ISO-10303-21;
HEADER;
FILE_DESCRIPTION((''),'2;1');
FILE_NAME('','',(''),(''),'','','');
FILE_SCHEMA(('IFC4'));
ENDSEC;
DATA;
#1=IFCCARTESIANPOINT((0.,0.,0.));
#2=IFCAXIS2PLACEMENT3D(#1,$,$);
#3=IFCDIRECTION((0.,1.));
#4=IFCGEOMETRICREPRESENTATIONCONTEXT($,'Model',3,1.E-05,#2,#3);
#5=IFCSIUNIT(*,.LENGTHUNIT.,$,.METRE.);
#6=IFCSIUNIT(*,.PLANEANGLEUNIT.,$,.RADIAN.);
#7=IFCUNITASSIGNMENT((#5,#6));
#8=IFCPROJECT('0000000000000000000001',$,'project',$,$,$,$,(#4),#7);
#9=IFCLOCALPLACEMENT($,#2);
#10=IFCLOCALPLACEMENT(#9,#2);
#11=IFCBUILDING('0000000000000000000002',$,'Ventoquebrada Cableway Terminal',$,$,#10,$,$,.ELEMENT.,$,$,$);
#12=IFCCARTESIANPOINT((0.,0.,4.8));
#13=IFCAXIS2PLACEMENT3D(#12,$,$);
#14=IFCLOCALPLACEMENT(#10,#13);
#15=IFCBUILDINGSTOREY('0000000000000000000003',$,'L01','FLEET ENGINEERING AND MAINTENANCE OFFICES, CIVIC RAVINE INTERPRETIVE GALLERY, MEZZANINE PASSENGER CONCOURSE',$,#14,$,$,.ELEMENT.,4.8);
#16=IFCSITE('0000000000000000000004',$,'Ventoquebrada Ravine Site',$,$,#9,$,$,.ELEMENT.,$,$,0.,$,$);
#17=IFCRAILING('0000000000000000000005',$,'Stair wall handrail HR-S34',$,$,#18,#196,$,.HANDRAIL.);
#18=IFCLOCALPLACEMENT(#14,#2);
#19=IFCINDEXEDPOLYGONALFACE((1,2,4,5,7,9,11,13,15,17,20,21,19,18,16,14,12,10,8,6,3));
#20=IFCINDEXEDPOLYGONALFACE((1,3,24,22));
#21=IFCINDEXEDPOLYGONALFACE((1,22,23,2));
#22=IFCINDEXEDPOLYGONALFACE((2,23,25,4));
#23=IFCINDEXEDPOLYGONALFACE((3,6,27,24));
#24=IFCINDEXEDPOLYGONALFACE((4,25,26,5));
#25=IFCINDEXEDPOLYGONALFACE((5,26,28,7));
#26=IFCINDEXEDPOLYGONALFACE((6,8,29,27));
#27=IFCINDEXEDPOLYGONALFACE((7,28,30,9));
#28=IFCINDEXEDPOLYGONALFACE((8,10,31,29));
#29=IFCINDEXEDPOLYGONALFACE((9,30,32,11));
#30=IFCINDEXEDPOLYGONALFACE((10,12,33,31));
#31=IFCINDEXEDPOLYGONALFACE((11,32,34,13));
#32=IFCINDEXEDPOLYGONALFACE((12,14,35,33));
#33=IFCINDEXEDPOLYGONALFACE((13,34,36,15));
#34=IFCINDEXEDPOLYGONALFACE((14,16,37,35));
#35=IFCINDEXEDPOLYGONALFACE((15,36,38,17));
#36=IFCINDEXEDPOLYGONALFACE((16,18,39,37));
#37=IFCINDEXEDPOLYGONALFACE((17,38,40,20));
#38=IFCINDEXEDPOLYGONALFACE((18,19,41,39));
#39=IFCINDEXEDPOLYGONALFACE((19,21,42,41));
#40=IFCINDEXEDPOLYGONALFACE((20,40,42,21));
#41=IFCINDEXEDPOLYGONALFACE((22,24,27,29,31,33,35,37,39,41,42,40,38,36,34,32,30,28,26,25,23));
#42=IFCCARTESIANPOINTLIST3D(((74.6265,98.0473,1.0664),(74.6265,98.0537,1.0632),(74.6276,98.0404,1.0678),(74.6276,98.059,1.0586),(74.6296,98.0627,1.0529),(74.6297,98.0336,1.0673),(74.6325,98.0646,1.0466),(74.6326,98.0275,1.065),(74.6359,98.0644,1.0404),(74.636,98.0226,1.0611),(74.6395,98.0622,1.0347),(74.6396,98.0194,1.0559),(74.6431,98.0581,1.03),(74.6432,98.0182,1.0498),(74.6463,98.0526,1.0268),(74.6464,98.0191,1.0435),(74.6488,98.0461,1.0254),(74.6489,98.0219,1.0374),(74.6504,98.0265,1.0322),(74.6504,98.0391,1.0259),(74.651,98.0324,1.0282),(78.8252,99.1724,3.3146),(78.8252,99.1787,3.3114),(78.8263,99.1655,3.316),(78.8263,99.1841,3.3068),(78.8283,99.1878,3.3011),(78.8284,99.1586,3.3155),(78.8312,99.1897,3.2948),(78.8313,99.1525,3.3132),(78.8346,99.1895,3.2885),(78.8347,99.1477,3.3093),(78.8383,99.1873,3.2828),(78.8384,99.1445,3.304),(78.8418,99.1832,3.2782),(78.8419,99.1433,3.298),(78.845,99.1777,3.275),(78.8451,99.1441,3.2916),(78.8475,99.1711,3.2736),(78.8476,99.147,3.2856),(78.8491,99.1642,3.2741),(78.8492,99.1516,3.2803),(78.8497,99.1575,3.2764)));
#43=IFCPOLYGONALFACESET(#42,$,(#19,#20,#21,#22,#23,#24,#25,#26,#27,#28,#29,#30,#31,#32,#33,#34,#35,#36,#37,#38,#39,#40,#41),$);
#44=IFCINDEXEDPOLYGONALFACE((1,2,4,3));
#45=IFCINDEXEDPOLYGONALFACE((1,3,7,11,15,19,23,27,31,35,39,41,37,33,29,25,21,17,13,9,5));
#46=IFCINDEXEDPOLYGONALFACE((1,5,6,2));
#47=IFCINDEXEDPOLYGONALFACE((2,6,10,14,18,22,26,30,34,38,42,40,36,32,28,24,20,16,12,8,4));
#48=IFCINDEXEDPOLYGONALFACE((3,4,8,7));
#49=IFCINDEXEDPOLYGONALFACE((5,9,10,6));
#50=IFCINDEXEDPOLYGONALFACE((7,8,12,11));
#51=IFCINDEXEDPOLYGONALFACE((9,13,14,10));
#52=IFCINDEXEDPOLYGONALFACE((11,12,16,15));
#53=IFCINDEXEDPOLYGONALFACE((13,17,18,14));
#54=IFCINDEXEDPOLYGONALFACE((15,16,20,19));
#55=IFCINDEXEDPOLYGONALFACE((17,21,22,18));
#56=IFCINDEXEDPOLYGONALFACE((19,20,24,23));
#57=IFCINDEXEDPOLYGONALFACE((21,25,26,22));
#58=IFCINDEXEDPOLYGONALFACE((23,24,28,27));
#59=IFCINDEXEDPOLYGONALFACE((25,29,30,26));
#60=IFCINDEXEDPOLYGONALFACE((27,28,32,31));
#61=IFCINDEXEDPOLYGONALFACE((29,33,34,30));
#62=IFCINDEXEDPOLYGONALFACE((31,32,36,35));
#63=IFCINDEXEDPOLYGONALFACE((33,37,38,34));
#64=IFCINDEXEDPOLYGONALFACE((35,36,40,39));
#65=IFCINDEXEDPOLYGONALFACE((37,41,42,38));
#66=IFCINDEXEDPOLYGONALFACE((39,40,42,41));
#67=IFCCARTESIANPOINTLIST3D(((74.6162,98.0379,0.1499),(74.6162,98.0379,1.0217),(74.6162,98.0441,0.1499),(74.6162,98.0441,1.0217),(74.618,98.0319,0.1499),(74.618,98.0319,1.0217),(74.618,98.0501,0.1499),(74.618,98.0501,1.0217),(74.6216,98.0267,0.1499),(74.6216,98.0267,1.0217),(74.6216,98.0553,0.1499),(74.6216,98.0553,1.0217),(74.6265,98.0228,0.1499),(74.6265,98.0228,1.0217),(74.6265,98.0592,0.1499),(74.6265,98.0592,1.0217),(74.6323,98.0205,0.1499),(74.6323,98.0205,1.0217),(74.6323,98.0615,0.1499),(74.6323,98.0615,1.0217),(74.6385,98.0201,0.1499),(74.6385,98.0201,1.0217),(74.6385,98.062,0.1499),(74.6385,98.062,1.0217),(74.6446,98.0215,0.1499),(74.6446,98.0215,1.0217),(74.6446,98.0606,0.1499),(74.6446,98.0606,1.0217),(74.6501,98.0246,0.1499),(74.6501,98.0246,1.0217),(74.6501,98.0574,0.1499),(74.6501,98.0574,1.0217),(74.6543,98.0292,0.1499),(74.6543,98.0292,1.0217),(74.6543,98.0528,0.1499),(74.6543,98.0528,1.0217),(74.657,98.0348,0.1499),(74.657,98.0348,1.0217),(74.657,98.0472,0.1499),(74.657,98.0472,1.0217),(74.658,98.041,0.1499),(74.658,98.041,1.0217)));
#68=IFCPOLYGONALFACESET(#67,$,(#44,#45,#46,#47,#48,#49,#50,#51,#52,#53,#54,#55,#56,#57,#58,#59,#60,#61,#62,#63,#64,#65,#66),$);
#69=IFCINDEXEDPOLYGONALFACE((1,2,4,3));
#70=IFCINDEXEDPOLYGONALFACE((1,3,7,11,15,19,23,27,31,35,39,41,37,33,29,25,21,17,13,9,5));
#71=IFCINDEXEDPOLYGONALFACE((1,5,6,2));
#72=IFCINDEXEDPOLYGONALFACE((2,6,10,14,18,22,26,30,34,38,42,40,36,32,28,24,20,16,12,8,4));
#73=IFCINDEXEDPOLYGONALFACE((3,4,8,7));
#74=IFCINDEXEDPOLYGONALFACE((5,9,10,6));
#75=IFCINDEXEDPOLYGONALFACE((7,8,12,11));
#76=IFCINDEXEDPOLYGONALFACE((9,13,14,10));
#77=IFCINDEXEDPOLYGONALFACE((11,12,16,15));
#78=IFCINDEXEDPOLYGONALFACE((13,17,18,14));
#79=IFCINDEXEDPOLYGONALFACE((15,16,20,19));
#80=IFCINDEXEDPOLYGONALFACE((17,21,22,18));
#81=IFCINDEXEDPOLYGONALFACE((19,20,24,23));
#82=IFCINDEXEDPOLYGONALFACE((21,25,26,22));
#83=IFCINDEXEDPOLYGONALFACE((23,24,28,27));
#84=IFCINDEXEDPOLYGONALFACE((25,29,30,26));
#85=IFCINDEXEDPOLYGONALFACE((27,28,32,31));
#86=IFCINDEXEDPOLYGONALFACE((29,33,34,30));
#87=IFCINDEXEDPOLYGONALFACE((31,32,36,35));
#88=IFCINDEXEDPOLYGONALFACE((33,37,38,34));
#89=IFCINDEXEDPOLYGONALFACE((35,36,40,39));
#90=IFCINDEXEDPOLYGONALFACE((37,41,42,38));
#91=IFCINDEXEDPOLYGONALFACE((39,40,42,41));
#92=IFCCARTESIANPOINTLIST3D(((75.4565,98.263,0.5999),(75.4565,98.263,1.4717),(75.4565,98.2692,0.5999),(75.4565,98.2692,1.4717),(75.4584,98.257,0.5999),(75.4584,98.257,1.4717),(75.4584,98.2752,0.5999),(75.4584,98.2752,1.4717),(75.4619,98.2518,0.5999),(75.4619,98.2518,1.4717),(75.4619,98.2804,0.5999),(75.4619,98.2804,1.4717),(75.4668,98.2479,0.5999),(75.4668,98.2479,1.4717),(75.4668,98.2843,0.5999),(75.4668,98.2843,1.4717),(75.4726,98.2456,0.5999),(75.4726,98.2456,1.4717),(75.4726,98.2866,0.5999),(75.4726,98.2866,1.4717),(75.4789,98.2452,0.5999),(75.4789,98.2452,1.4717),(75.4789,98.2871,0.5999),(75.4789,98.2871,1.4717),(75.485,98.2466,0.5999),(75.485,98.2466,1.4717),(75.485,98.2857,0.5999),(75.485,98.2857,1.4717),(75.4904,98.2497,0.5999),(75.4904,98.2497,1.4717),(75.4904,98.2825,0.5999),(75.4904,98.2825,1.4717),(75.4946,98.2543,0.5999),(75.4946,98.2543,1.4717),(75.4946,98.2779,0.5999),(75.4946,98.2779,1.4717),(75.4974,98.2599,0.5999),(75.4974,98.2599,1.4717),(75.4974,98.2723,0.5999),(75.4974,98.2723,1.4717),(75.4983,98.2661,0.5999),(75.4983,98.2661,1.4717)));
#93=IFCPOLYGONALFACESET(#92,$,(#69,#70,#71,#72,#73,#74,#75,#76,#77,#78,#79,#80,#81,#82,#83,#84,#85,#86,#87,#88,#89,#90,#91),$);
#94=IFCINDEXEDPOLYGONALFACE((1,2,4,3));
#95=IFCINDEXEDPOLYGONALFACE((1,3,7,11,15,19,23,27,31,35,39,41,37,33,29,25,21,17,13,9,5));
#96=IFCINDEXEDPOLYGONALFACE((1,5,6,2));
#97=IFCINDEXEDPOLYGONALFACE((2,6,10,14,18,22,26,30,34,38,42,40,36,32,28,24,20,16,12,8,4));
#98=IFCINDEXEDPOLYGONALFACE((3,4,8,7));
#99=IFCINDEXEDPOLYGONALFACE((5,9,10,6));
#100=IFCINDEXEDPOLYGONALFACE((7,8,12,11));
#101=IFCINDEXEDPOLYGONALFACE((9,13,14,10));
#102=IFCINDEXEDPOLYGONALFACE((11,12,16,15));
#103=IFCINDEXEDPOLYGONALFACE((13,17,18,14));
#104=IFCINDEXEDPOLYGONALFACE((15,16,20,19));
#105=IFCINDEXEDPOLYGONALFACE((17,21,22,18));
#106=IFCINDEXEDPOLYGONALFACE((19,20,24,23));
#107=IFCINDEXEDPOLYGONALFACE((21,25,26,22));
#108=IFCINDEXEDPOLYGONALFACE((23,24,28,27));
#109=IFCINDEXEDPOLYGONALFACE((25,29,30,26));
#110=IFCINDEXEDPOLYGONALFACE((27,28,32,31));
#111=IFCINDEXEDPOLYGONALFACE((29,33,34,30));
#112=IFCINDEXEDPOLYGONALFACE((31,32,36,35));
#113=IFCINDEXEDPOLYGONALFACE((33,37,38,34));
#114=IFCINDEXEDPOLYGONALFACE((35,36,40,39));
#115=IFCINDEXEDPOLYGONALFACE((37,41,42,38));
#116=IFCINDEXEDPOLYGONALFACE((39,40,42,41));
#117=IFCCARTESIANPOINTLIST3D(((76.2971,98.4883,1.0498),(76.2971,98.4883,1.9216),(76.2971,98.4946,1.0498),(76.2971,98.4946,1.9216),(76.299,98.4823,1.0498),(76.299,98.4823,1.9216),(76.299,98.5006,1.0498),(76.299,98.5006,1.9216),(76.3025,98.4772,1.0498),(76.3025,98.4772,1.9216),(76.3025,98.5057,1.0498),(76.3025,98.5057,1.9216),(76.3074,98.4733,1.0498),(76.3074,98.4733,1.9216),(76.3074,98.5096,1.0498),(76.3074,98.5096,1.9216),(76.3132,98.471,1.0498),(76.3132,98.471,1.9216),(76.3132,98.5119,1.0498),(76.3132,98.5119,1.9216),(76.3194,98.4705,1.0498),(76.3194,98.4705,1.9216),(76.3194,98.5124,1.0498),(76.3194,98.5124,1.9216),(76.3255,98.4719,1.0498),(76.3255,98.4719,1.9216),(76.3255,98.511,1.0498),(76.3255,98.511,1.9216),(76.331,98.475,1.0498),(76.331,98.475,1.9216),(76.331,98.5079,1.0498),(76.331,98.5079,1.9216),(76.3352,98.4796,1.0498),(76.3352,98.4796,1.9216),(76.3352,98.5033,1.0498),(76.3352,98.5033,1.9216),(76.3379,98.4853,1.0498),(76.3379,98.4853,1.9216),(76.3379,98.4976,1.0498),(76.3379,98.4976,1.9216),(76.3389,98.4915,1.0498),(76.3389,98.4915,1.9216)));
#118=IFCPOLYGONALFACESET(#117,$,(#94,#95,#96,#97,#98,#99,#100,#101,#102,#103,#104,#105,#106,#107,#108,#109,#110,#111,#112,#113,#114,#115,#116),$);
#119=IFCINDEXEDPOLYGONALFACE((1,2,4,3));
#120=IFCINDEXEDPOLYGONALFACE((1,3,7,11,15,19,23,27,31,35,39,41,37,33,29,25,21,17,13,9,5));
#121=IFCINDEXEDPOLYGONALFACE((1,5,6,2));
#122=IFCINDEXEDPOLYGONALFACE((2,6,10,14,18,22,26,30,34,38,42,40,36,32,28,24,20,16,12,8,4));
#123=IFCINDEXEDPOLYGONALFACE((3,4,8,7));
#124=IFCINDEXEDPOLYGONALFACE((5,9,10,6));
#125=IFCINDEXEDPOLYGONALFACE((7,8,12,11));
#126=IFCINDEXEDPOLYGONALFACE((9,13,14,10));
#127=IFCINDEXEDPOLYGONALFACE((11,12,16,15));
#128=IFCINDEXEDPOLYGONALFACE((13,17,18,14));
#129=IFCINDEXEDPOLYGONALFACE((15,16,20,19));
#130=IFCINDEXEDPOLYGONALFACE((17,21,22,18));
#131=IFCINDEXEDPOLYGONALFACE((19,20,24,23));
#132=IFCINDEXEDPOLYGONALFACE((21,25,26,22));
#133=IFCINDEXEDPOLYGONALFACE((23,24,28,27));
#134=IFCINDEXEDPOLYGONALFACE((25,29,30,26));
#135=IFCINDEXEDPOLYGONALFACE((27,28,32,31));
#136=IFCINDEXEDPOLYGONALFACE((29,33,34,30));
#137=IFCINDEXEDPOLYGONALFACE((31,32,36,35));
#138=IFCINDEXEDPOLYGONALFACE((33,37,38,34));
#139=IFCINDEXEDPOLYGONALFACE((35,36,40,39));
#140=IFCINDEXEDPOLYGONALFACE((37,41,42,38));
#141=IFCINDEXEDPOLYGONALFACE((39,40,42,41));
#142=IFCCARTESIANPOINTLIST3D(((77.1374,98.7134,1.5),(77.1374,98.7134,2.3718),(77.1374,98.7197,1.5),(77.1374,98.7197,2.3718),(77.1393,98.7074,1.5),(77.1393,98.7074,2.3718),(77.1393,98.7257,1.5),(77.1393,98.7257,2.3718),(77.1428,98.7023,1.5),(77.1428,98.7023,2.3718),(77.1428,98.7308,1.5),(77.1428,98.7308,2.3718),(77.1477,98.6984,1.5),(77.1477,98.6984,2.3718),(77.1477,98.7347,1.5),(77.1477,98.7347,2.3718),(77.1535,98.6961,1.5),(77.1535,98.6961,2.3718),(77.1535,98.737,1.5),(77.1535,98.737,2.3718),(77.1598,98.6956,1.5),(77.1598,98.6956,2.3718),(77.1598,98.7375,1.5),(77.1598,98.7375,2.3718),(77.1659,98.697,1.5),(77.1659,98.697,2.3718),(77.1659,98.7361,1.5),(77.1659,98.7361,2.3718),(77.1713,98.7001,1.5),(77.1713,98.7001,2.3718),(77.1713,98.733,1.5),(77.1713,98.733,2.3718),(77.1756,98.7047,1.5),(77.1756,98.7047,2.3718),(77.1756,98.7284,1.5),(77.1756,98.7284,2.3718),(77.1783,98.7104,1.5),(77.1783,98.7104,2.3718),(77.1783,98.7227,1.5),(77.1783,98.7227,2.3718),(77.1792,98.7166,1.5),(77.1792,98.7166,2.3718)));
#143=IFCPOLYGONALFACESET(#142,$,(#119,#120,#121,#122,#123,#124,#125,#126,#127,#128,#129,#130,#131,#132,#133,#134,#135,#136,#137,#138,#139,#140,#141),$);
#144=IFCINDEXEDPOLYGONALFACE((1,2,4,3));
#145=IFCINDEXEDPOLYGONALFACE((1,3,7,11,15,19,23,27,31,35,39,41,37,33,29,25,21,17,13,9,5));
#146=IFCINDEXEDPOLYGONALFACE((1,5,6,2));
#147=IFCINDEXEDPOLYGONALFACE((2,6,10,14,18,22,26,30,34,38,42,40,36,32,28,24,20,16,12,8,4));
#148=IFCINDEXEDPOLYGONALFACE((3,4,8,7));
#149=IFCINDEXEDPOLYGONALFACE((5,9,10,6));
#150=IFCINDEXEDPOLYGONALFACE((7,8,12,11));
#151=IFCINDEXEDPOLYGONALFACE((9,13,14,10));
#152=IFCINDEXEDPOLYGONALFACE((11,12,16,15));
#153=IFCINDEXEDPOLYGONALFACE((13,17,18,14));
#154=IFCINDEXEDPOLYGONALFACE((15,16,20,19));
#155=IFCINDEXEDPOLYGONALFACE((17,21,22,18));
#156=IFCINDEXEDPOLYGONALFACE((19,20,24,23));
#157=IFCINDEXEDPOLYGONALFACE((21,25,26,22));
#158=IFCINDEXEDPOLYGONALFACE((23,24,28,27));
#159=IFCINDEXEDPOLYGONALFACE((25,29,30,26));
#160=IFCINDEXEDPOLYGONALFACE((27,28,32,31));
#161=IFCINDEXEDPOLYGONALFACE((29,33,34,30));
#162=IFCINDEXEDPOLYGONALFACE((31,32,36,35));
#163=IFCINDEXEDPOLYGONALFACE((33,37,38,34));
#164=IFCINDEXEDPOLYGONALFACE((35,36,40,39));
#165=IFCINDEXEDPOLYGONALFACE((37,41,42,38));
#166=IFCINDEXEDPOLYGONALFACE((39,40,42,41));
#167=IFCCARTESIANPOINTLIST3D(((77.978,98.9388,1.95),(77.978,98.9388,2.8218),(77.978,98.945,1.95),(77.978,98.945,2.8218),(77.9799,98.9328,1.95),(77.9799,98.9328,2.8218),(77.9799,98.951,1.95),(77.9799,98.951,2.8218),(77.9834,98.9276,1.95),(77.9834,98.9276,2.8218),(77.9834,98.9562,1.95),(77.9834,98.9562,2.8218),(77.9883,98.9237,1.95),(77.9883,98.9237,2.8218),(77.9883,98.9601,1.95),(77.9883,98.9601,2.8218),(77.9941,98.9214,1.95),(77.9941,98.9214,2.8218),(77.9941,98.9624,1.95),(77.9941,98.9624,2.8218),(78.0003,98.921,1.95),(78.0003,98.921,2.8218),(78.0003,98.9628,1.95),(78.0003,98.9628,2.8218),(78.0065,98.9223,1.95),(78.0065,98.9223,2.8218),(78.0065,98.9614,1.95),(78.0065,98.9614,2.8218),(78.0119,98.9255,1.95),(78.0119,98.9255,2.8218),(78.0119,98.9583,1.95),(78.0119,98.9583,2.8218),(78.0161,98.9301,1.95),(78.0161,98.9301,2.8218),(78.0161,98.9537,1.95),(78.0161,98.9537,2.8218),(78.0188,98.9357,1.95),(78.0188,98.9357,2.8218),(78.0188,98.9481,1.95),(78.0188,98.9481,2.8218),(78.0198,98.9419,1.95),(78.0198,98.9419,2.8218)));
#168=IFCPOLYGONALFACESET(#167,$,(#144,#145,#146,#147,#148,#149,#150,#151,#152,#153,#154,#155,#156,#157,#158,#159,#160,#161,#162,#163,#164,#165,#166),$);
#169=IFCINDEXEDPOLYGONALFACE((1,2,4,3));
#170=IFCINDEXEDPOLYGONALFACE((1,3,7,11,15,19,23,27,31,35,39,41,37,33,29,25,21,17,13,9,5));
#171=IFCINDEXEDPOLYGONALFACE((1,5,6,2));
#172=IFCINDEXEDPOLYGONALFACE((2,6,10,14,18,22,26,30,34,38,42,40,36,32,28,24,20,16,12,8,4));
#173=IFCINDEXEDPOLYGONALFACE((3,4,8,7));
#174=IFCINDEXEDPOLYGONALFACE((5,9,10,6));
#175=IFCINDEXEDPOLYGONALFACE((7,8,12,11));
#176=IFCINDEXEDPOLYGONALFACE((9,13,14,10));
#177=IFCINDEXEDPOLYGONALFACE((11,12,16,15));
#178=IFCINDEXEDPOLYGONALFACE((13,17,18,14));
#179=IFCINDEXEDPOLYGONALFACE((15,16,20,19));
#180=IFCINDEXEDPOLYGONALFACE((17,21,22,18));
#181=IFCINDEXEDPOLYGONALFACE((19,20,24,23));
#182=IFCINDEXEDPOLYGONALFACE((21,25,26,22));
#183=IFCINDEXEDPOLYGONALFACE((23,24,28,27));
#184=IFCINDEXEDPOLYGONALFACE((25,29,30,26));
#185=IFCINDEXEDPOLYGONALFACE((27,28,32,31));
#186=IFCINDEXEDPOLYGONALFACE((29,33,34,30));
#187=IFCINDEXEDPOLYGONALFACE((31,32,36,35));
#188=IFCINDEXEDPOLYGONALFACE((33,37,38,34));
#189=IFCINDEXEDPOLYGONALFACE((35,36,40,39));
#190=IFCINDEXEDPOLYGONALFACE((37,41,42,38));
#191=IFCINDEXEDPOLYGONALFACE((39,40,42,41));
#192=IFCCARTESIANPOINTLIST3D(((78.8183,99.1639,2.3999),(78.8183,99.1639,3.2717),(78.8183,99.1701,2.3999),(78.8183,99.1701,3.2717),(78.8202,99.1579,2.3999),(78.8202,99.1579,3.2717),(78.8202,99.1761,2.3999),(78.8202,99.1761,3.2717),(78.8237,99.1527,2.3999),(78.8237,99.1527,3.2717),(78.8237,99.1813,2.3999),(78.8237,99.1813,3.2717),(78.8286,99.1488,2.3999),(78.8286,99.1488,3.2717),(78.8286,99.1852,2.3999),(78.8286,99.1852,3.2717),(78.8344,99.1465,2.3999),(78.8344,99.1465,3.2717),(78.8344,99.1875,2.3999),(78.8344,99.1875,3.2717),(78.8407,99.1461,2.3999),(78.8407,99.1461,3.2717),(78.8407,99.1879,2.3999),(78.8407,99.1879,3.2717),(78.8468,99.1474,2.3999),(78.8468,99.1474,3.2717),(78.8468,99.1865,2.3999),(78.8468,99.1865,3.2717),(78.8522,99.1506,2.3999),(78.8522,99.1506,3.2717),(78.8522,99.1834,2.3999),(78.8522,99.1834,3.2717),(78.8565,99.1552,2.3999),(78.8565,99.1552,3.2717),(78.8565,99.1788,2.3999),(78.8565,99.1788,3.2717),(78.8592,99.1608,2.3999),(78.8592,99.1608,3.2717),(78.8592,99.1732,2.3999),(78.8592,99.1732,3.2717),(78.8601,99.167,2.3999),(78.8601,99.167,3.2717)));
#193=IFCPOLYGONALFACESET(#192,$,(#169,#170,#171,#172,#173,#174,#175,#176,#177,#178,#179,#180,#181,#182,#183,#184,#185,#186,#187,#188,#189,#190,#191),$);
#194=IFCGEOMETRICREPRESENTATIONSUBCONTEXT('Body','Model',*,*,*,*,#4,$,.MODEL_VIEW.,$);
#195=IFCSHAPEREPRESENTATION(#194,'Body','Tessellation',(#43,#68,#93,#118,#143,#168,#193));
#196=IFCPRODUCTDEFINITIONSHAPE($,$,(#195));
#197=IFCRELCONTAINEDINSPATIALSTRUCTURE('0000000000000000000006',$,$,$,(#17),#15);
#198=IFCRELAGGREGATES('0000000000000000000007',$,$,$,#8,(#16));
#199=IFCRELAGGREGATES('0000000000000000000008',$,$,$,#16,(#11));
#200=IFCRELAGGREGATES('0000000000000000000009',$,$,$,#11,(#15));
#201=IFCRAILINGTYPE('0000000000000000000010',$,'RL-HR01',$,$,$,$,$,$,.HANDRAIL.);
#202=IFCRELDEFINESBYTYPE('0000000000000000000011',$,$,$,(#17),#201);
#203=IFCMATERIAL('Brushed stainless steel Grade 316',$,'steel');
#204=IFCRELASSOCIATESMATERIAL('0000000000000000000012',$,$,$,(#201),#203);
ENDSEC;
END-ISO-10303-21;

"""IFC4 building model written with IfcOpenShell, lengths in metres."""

from ifc_helpers import new_model, si_unit, direction, frame, origin, origin_2d, place, context, subcontext, project, spatial, circle, extrude, material, type_object, element, save


model = new_model("IFC4")

# Units and contexts
model_context = context("Model", 3, precision=1e-05, world=origin(), true_north=direction((0.0, 1.0)))
body_context = subcontext(model_context, "Body", "Model", "MODEL_VIEW")
ifc_project = project(units=[si_unit("LENGTHUNIT", "METRE"), si_unit("PLANEANGLEUNIT", "RADIAN")], contexts=[model_context])

# Site, building, storey
site_placement = place(None, origin())
site = spatial("IfcSite", under=ifc_project, at=site_placement, Name="Ventoquebrada Ravine Site", CompositionType="ELEMENT", RefElevation=0.0)
building_placement = place(site_placement, origin())
building = spatial("IfcBuilding", under=site, at=building_placement, Name="Ventoquebrada Cableway Terminal", CompositionType="ELEMENT")
storey_placement = place(building_placement, frame((0.0, 0.0, 4.8)))
storey = spatial("IfcBuildingStorey", under=building, at=storey_placement, Name="L01", Description="FLEET ENGINEERING AND MAINTENANCE OFFICES, CIVIC RAVINE INTERPRETIVE GALLERY, MEZZANINE PASSENGER CONCOURSE", CompositionType="ELEMENT", Elevation=4.8)

# Railing
ifc_material_1 = material(Name="Brushed stainless steel Grade 316", Category="steel")
railing_type_1 = type_object("IfcRailingType", Name="RL-HR01", PredefinedType="HANDRAIL", material=ifc_material_1)
railing_1_placement = place(storey_placement, frame((74.637, 98.041, 0.1499)))
element("IfcRailing", 1, at=railing_1_placement, inside=storey, type_object=railing_type_1, Name="Stair wall handrail HR-S34", PredefinedType="HANDRAIL", context=body_context, shape_type="SweptSolid", body=[
    extrude(circle(Radius=0.0239, at=origin_2d()), frame((0.0017, 0.0005, 0.8967), z_axis=(0.857968, 0.229895, 0.459391), x_axis=(-0.258822, 0.965925, 0.0)), (0.0, 0.0, 1.0), 4.8938),
    extrude(circle(Radius=0.021, at=origin_2d()), origin(), (0.0, 0.0, 1.0), 0.8718),
    extrude(circle(Radius=0.021, at=origin_2d()), frame((0.8403, 0.2251, 0.45)), (0.0, 0.0, 1.0), 0.8718),
    extrude(circle(Radius=0.021, at=origin_2d()), frame((1.6809, 0.4504, 0.8999)), (0.0, 0.0, 1.0), 0.8718),
    extrude(circle(Radius=0.021, at=origin_2d()), frame((2.5212, 0.6755, 1.3501)), (0.0, 0.0, 1.0), 0.8718),
    extrude(circle(Radius=0.021, at=origin_2d()), frame((3.3618, 0.9009, 1.8)), (0.0, 0.0, 1.0), 0.8718),
    extrude(circle(Radius=0.021, at=origin_2d()), frame((4.2021, 1.126, 2.25)), (0.0, 0.0, 1.0), 0.8718),
])

save(model, "model.ifc")
